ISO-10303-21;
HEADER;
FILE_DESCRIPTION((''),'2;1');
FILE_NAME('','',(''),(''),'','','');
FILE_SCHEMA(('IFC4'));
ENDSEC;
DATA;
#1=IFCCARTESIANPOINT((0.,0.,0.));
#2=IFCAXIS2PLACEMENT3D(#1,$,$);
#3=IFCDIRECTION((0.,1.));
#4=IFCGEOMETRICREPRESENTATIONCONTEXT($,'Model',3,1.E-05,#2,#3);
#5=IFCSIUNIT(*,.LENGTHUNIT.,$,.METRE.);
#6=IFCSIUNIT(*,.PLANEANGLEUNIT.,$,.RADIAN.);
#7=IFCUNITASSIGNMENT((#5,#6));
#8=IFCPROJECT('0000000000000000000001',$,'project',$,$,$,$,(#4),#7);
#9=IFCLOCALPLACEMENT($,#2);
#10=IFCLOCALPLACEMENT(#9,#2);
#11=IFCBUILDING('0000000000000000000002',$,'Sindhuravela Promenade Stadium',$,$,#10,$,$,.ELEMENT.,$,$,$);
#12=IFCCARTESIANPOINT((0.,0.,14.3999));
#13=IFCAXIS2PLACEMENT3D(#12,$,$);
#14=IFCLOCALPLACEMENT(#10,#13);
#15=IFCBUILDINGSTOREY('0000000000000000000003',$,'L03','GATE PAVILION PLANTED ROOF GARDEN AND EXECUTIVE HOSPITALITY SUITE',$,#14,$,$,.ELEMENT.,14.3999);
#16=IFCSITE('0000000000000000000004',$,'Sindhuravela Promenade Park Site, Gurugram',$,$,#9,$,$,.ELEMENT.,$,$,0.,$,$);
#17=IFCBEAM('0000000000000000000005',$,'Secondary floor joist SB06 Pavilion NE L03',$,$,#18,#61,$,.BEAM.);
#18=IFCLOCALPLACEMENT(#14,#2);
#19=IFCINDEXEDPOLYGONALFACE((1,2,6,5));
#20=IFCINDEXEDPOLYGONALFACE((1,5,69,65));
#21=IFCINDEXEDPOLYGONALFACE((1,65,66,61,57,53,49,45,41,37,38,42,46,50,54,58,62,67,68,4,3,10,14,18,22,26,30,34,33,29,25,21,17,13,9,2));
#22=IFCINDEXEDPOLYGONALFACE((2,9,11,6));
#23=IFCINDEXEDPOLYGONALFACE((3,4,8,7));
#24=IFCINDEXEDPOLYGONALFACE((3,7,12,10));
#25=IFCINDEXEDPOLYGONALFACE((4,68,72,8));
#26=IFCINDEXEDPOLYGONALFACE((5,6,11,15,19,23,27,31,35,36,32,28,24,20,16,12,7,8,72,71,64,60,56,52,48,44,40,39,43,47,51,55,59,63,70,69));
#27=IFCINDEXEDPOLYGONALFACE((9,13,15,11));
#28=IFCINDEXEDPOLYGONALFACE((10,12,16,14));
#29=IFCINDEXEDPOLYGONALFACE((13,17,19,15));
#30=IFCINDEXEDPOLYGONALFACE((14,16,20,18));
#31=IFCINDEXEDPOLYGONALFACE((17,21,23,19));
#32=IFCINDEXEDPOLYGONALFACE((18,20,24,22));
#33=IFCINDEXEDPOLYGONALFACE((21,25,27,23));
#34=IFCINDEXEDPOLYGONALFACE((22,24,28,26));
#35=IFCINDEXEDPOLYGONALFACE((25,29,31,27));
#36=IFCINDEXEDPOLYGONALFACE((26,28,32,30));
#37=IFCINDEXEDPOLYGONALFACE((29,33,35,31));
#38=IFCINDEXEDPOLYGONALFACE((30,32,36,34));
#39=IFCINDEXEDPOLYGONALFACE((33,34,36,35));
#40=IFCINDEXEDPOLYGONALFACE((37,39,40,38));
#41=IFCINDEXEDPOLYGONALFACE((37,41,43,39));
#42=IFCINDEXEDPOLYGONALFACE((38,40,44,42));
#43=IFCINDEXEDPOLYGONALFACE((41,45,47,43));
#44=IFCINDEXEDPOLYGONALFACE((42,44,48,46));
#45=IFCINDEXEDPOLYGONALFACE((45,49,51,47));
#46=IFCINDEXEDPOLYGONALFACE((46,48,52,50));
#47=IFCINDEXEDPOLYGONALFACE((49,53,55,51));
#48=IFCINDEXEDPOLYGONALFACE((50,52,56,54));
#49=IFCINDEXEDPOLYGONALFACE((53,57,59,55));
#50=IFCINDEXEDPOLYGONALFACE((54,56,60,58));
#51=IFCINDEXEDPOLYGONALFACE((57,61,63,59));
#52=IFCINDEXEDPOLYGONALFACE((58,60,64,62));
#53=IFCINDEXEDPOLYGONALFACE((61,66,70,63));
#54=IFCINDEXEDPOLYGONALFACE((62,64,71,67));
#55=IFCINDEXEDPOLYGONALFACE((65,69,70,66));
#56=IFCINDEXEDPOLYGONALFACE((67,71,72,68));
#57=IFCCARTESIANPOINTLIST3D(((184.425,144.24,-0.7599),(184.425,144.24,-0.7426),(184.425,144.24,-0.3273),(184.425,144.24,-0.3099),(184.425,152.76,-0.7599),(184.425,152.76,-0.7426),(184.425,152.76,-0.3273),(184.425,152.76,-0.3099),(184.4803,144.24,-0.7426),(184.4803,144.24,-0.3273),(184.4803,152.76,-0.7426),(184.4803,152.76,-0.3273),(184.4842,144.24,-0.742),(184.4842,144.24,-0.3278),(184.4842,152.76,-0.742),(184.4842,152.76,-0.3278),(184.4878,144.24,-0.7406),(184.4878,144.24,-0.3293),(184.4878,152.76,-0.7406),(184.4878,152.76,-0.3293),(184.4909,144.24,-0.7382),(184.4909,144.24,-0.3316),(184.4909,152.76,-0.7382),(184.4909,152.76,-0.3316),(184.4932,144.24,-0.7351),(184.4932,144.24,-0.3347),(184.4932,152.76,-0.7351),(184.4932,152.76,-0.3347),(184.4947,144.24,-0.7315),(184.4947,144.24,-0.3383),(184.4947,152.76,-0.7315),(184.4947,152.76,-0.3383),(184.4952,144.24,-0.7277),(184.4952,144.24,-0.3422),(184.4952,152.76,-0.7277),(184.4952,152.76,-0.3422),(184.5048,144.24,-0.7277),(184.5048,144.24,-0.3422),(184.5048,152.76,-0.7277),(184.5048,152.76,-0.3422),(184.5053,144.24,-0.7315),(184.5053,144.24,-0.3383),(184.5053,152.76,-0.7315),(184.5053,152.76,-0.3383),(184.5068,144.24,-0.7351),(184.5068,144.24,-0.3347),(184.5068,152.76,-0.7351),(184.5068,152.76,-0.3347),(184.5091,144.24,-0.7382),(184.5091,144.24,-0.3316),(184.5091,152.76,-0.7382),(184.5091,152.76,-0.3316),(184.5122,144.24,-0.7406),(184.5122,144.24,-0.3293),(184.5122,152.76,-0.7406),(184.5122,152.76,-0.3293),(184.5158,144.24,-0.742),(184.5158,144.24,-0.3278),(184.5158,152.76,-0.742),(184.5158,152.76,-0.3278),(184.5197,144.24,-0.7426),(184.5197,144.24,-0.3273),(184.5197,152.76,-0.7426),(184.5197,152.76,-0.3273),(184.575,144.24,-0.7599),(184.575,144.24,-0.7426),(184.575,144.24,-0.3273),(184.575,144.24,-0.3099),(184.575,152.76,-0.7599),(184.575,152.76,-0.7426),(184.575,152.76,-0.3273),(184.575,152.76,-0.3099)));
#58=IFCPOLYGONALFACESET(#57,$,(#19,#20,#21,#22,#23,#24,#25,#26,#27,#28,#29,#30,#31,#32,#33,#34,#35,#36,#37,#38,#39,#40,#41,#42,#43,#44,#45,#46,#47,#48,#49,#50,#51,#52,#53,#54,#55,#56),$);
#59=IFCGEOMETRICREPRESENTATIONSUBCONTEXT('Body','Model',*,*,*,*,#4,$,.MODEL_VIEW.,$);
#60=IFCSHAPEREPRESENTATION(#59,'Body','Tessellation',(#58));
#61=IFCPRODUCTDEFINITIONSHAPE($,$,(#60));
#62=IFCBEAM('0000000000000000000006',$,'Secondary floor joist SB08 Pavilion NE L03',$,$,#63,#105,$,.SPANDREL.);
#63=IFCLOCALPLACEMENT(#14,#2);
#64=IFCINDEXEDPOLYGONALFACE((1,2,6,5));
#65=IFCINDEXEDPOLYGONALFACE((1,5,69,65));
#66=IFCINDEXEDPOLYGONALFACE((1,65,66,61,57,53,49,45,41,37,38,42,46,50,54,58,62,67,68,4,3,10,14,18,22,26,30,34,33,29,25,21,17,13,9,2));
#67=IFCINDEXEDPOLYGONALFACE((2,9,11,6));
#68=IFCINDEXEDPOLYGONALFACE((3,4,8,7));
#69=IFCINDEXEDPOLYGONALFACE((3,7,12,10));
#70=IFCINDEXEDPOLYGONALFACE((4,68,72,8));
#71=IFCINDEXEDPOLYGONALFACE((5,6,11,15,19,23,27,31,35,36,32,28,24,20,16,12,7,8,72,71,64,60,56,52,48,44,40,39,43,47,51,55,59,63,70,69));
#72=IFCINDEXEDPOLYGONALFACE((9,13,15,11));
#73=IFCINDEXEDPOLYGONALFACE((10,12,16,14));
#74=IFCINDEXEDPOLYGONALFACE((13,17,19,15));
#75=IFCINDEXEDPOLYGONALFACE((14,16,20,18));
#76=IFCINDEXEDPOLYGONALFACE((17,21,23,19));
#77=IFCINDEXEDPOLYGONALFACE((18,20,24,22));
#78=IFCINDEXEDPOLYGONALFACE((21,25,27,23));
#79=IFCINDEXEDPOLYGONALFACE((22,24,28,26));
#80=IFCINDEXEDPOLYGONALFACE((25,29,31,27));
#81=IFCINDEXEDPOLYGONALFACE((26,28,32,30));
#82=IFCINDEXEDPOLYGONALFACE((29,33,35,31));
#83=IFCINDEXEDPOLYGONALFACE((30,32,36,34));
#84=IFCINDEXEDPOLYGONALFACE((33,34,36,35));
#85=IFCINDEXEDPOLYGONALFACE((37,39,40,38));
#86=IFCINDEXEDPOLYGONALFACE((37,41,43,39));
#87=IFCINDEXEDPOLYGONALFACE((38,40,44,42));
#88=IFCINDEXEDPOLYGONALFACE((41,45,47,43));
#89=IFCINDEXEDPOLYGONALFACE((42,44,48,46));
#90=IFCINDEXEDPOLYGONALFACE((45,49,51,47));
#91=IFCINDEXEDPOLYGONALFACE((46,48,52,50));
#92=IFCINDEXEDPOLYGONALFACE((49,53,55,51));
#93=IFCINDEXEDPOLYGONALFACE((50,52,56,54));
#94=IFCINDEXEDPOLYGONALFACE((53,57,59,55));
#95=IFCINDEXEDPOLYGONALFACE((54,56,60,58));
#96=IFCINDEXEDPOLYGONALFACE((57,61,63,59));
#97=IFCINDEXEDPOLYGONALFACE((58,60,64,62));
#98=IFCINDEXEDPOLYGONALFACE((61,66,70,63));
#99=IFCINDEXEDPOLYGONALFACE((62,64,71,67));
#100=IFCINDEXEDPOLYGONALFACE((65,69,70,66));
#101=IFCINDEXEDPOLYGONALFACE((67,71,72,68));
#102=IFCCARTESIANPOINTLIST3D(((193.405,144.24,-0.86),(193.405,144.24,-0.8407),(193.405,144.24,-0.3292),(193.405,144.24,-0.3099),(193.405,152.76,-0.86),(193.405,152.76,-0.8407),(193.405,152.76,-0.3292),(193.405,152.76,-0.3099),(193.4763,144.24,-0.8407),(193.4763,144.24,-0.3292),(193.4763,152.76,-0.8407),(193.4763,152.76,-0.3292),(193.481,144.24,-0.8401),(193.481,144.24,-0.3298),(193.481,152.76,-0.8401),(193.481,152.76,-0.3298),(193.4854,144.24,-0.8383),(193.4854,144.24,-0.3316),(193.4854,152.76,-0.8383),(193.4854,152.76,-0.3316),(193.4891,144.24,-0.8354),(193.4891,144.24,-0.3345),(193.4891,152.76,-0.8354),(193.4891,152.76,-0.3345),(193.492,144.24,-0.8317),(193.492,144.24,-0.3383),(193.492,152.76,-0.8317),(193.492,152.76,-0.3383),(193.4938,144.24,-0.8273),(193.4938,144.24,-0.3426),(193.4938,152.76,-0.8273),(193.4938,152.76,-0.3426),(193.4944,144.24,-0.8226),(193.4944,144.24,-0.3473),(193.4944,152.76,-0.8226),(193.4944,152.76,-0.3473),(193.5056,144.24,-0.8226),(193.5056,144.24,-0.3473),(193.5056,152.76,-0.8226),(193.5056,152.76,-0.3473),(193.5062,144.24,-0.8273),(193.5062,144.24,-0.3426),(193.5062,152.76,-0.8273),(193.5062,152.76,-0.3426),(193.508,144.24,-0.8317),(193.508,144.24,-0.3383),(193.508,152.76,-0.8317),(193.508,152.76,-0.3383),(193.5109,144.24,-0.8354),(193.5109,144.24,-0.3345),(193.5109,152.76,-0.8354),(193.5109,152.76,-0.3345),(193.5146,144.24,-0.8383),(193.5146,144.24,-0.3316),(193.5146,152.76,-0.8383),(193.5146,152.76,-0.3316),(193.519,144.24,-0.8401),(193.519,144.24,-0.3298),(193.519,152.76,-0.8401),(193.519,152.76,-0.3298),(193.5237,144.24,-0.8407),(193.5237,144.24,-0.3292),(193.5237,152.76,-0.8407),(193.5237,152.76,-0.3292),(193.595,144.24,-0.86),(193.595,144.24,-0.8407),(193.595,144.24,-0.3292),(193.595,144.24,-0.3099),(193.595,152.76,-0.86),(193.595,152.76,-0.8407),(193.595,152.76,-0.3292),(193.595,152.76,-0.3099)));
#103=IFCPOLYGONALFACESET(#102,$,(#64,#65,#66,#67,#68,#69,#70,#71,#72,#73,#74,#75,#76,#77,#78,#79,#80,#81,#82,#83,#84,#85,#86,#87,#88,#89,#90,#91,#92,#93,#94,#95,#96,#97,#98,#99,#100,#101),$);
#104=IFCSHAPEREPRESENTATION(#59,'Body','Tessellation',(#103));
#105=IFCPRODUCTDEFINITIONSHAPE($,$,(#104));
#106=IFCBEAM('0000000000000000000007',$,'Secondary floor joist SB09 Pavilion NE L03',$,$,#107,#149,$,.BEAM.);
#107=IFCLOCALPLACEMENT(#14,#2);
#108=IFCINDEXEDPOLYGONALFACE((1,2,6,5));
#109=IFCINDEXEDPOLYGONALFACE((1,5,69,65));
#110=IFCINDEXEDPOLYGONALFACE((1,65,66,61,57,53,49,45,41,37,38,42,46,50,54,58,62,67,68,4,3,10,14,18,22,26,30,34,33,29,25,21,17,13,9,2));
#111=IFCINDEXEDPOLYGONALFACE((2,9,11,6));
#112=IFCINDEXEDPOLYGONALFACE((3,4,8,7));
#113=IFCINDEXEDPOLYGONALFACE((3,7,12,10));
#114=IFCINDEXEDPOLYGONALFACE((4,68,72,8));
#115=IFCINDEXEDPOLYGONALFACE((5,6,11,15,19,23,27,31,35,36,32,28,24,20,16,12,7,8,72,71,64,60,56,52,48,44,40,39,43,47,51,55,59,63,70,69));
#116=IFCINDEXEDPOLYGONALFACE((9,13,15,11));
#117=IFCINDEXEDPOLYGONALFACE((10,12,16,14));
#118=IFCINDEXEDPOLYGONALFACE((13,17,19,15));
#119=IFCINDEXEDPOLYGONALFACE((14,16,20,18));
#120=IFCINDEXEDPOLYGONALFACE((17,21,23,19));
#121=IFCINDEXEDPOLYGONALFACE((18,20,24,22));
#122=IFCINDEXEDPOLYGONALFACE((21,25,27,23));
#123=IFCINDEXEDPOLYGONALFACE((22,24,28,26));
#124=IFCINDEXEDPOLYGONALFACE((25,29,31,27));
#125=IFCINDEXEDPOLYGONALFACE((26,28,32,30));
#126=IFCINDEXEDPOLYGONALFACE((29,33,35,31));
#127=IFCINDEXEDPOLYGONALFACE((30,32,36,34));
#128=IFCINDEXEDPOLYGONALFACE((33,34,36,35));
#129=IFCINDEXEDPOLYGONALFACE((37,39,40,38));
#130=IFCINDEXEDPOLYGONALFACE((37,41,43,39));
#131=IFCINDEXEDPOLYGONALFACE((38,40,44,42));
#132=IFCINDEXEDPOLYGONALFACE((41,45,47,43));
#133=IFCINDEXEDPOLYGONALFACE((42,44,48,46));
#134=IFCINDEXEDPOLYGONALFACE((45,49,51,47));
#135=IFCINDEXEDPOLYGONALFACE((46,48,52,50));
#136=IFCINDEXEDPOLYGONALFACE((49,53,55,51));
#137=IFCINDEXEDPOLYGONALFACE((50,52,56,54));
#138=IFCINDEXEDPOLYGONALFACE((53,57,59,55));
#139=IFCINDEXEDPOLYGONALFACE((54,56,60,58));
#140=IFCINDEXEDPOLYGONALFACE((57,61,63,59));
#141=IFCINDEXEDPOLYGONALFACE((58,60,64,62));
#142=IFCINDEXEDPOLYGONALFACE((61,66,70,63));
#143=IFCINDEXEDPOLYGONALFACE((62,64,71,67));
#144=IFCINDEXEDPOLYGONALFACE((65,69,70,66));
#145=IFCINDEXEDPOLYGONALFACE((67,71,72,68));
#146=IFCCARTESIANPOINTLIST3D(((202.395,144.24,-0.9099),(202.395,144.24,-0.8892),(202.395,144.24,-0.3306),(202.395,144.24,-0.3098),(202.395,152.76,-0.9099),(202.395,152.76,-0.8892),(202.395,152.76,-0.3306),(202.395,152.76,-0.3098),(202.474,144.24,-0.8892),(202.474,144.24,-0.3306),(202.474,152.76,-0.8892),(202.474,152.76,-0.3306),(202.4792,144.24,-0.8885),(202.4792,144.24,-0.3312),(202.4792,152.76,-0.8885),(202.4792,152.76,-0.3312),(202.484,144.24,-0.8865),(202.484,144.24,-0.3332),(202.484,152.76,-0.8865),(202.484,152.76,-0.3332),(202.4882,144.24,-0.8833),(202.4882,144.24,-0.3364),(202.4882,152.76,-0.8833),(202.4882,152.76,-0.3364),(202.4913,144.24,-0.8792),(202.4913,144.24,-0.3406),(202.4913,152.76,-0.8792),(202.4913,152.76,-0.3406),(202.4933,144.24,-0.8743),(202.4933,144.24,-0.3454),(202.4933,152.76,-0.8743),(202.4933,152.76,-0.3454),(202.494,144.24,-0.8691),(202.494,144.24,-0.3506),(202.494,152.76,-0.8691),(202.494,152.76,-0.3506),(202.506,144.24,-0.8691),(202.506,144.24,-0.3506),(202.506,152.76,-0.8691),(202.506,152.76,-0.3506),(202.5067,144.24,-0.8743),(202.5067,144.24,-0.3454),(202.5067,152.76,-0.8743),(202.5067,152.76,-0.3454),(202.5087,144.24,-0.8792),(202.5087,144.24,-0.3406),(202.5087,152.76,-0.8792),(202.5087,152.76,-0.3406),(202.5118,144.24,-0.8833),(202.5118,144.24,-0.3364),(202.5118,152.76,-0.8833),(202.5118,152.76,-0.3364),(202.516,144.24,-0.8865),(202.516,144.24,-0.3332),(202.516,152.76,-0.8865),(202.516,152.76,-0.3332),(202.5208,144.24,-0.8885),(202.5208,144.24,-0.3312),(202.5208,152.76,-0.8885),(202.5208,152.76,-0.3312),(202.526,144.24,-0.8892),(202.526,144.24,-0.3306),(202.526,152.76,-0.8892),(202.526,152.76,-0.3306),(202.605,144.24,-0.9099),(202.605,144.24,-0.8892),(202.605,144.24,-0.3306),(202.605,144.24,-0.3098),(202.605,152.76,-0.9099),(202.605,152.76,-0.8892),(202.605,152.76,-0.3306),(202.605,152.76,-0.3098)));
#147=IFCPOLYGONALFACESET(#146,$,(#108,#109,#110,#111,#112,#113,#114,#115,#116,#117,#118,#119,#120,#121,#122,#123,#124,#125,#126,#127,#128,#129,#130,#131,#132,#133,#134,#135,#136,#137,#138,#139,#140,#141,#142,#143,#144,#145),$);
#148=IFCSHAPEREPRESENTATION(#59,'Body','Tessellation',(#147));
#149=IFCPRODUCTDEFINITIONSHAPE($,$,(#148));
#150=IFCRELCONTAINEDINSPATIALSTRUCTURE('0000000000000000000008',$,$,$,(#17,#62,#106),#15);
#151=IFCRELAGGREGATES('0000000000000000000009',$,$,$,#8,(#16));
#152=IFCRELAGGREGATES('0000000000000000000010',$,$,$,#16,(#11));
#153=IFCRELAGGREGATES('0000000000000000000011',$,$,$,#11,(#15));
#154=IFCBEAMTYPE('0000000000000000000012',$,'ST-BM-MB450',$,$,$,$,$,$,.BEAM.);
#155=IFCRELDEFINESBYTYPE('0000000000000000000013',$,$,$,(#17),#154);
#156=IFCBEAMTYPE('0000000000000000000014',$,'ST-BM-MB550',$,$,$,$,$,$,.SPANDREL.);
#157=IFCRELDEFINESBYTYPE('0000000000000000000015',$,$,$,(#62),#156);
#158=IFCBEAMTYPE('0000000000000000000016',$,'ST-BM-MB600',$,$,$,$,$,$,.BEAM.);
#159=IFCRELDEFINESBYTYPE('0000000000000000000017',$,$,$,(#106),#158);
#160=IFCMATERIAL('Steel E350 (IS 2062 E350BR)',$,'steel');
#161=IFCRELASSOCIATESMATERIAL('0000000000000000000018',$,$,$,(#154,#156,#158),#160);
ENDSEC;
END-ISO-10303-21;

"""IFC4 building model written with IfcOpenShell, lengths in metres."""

from ifc_helpers import new_model, si_unit, direction, frame, origin, origin_2d, place, context, subcontext, project, spatial, i_section, extrude, material, material_profile, profile_set, type_object, element, save


model = new_model("IFC4")

# Units and contexts
model_context = context("Model", 3, precision=1e-05, world=origin(), true_north=direction((0.0, 1.0)))
body_context = subcontext(model_context, "Body", "Model", "MODEL_VIEW")
ifc_project = project(units=[si_unit("LENGTHUNIT", "METRE"), si_unit("PLANEANGLEUNIT", "RADIAN")], contexts=[model_context])

# Site, building, storey
site_placement = place(None, origin())
site = spatial("IfcSite", under=ifc_project, at=site_placement, Name="Sindhuravela Promenade Park Site, Gurugram", CompositionType="ELEMENT", RefElevation=0.0)
building_placement = place(site_placement, origin())
building = spatial("IfcBuilding", under=site, at=building_placement, Name="Sindhuravela Promenade Stadium", CompositionType="ELEMENT")
storey_placement = place(building_placement, frame((0.0, 0.0, 14.3999)))
storey = spatial("IfcBuildingStorey", under=building, at=storey_placement, Name="L03", Description="GATE PAVILION PLANTED ROOF GARDEN AND EXECUTIVE HOSPITALITY SUITE", CompositionType="ELEMENT", Elevation=14.3999)

# Beams
ifc_material_1 = material(Name="Steel E350 (IS 2062 E350BR)", Category="steel")
ifc_material_profile_1 = material_profile(ifc_material_1, i_section(OverallWidth=0.1499, OverallDepth=0.45, WebThickness=0.0095, FlangeThickness=0.0173, FilletRadius=0.0149, at=origin_2d()), Name="ISMB 450")
ifc_profile_set_1 = profile_set([ifc_material_profile_1], Name="Steel E350 (IS 2062 E350BR)")
beam_type_1 = type_object("IfcBeamType", Name="ST-BM-MB450", PredefinedType="BEAM", material=ifc_profile_set_1)
beam_1_placement = place(storey_placement, frame((184.5, 144.24, -0.5349), z_axis=(0.0, 1.0, 0.0), x_axis=(-1.0, 0.0, 0.0)))
element("IfcBeam", 1, at=beam_1_placement, inside=storey, type_object=beam_type_1, Name="Secondary floor joist SB06 Pavilion NE L03", PredefinedType="BEAM", context=body_context, shape_type="SweptSolid", body=[
    extrude(i_section(OverallWidth=0.1499, OverallDepth=0.45, WebThickness=0.0095, FlangeThickness=0.0173, FilletRadius=0.0149, at=origin_2d()), origin(), (0.0, 0.0, 1.0), 8.52),
])
ifc_material_profile_2 = material_profile(ifc_material_1, i_section(OverallWidth=0.1899, OverallDepth=0.55, WebThickness=0.0112, FlangeThickness=0.0193, FilletRadius=0.0181, at=origin_2d()), Name="ISMB 550")
ifc_profile_set_2 = profile_set([ifc_material_profile_2], Name="Steel E350 (IS 2062 E350BR)")
beam_type_2 = type_object("IfcBeamType", Name="ST-BM-MB550", PredefinedType="SPANDREL", material=ifc_profile_set_2)
beam_2_placement = place(storey_placement, frame((193.5, 144.24, -0.585), z_axis=(0.0, 1.0, 0.0), x_axis=(-1.0, 0.0, 0.0)))
element("IfcBeam", 2, at=beam_2_placement, inside=storey, type_object=beam_type_2, Name="Secondary floor joist SB08 Pavilion NE L03", PredefinedType="SPANDREL", context=body_context, shape_type="SweptSolid", body=[
    extrude(i_section(OverallWidth=0.1899, OverallDepth=0.55, WebThickness=0.0112, FlangeThickness=0.0193, FilletRadius=0.0181, at=origin_2d()), origin(), (0.0, 0.0, 1.0), 8.52),
])
ifc_material_profile_3 = material_profile(ifc_material_1, i_section(OverallWidth=0.21, OverallDepth=0.6001, WebThickness=0.012, FlangeThickness=0.0208, FilletRadius=0.02, at=origin_2d()), Name="ISMB 600")
ifc_profile_set_3 = profile_set([ifc_material_profile_3], Name="Steel E350 (IS 2062 E350BR)")
beam_type_3 = type_object("IfcBeamType", Name="ST-BM-MB600", PredefinedType="BEAM", material=ifc_profile_set_3)
beam_3_placement = place(storey_placement, frame((202.5, 144.24, -0.6099), z_axis=(0.0, 1.0, 0.0), x_axis=(-1.0, 0.0, 0.0)))
element("IfcBeam", 3, at=beam_3_placement, inside=storey, type_object=beam_type_3, Name="Secondary floor joist SB09 Pavilion NE L03", PredefinedType="BEAM", context=body_context, shape_type="SweptSolid", body=[
    extrude(i_section(OverallWidth=0.21, OverallDepth=0.6001, WebThickness=0.012, FlangeThickness=0.0208, FilletRadius=0.02, at=origin_2d()), origin(), (0.0, 0.0, 1.0), 8.52),
])

save(model, "model.ifc")
